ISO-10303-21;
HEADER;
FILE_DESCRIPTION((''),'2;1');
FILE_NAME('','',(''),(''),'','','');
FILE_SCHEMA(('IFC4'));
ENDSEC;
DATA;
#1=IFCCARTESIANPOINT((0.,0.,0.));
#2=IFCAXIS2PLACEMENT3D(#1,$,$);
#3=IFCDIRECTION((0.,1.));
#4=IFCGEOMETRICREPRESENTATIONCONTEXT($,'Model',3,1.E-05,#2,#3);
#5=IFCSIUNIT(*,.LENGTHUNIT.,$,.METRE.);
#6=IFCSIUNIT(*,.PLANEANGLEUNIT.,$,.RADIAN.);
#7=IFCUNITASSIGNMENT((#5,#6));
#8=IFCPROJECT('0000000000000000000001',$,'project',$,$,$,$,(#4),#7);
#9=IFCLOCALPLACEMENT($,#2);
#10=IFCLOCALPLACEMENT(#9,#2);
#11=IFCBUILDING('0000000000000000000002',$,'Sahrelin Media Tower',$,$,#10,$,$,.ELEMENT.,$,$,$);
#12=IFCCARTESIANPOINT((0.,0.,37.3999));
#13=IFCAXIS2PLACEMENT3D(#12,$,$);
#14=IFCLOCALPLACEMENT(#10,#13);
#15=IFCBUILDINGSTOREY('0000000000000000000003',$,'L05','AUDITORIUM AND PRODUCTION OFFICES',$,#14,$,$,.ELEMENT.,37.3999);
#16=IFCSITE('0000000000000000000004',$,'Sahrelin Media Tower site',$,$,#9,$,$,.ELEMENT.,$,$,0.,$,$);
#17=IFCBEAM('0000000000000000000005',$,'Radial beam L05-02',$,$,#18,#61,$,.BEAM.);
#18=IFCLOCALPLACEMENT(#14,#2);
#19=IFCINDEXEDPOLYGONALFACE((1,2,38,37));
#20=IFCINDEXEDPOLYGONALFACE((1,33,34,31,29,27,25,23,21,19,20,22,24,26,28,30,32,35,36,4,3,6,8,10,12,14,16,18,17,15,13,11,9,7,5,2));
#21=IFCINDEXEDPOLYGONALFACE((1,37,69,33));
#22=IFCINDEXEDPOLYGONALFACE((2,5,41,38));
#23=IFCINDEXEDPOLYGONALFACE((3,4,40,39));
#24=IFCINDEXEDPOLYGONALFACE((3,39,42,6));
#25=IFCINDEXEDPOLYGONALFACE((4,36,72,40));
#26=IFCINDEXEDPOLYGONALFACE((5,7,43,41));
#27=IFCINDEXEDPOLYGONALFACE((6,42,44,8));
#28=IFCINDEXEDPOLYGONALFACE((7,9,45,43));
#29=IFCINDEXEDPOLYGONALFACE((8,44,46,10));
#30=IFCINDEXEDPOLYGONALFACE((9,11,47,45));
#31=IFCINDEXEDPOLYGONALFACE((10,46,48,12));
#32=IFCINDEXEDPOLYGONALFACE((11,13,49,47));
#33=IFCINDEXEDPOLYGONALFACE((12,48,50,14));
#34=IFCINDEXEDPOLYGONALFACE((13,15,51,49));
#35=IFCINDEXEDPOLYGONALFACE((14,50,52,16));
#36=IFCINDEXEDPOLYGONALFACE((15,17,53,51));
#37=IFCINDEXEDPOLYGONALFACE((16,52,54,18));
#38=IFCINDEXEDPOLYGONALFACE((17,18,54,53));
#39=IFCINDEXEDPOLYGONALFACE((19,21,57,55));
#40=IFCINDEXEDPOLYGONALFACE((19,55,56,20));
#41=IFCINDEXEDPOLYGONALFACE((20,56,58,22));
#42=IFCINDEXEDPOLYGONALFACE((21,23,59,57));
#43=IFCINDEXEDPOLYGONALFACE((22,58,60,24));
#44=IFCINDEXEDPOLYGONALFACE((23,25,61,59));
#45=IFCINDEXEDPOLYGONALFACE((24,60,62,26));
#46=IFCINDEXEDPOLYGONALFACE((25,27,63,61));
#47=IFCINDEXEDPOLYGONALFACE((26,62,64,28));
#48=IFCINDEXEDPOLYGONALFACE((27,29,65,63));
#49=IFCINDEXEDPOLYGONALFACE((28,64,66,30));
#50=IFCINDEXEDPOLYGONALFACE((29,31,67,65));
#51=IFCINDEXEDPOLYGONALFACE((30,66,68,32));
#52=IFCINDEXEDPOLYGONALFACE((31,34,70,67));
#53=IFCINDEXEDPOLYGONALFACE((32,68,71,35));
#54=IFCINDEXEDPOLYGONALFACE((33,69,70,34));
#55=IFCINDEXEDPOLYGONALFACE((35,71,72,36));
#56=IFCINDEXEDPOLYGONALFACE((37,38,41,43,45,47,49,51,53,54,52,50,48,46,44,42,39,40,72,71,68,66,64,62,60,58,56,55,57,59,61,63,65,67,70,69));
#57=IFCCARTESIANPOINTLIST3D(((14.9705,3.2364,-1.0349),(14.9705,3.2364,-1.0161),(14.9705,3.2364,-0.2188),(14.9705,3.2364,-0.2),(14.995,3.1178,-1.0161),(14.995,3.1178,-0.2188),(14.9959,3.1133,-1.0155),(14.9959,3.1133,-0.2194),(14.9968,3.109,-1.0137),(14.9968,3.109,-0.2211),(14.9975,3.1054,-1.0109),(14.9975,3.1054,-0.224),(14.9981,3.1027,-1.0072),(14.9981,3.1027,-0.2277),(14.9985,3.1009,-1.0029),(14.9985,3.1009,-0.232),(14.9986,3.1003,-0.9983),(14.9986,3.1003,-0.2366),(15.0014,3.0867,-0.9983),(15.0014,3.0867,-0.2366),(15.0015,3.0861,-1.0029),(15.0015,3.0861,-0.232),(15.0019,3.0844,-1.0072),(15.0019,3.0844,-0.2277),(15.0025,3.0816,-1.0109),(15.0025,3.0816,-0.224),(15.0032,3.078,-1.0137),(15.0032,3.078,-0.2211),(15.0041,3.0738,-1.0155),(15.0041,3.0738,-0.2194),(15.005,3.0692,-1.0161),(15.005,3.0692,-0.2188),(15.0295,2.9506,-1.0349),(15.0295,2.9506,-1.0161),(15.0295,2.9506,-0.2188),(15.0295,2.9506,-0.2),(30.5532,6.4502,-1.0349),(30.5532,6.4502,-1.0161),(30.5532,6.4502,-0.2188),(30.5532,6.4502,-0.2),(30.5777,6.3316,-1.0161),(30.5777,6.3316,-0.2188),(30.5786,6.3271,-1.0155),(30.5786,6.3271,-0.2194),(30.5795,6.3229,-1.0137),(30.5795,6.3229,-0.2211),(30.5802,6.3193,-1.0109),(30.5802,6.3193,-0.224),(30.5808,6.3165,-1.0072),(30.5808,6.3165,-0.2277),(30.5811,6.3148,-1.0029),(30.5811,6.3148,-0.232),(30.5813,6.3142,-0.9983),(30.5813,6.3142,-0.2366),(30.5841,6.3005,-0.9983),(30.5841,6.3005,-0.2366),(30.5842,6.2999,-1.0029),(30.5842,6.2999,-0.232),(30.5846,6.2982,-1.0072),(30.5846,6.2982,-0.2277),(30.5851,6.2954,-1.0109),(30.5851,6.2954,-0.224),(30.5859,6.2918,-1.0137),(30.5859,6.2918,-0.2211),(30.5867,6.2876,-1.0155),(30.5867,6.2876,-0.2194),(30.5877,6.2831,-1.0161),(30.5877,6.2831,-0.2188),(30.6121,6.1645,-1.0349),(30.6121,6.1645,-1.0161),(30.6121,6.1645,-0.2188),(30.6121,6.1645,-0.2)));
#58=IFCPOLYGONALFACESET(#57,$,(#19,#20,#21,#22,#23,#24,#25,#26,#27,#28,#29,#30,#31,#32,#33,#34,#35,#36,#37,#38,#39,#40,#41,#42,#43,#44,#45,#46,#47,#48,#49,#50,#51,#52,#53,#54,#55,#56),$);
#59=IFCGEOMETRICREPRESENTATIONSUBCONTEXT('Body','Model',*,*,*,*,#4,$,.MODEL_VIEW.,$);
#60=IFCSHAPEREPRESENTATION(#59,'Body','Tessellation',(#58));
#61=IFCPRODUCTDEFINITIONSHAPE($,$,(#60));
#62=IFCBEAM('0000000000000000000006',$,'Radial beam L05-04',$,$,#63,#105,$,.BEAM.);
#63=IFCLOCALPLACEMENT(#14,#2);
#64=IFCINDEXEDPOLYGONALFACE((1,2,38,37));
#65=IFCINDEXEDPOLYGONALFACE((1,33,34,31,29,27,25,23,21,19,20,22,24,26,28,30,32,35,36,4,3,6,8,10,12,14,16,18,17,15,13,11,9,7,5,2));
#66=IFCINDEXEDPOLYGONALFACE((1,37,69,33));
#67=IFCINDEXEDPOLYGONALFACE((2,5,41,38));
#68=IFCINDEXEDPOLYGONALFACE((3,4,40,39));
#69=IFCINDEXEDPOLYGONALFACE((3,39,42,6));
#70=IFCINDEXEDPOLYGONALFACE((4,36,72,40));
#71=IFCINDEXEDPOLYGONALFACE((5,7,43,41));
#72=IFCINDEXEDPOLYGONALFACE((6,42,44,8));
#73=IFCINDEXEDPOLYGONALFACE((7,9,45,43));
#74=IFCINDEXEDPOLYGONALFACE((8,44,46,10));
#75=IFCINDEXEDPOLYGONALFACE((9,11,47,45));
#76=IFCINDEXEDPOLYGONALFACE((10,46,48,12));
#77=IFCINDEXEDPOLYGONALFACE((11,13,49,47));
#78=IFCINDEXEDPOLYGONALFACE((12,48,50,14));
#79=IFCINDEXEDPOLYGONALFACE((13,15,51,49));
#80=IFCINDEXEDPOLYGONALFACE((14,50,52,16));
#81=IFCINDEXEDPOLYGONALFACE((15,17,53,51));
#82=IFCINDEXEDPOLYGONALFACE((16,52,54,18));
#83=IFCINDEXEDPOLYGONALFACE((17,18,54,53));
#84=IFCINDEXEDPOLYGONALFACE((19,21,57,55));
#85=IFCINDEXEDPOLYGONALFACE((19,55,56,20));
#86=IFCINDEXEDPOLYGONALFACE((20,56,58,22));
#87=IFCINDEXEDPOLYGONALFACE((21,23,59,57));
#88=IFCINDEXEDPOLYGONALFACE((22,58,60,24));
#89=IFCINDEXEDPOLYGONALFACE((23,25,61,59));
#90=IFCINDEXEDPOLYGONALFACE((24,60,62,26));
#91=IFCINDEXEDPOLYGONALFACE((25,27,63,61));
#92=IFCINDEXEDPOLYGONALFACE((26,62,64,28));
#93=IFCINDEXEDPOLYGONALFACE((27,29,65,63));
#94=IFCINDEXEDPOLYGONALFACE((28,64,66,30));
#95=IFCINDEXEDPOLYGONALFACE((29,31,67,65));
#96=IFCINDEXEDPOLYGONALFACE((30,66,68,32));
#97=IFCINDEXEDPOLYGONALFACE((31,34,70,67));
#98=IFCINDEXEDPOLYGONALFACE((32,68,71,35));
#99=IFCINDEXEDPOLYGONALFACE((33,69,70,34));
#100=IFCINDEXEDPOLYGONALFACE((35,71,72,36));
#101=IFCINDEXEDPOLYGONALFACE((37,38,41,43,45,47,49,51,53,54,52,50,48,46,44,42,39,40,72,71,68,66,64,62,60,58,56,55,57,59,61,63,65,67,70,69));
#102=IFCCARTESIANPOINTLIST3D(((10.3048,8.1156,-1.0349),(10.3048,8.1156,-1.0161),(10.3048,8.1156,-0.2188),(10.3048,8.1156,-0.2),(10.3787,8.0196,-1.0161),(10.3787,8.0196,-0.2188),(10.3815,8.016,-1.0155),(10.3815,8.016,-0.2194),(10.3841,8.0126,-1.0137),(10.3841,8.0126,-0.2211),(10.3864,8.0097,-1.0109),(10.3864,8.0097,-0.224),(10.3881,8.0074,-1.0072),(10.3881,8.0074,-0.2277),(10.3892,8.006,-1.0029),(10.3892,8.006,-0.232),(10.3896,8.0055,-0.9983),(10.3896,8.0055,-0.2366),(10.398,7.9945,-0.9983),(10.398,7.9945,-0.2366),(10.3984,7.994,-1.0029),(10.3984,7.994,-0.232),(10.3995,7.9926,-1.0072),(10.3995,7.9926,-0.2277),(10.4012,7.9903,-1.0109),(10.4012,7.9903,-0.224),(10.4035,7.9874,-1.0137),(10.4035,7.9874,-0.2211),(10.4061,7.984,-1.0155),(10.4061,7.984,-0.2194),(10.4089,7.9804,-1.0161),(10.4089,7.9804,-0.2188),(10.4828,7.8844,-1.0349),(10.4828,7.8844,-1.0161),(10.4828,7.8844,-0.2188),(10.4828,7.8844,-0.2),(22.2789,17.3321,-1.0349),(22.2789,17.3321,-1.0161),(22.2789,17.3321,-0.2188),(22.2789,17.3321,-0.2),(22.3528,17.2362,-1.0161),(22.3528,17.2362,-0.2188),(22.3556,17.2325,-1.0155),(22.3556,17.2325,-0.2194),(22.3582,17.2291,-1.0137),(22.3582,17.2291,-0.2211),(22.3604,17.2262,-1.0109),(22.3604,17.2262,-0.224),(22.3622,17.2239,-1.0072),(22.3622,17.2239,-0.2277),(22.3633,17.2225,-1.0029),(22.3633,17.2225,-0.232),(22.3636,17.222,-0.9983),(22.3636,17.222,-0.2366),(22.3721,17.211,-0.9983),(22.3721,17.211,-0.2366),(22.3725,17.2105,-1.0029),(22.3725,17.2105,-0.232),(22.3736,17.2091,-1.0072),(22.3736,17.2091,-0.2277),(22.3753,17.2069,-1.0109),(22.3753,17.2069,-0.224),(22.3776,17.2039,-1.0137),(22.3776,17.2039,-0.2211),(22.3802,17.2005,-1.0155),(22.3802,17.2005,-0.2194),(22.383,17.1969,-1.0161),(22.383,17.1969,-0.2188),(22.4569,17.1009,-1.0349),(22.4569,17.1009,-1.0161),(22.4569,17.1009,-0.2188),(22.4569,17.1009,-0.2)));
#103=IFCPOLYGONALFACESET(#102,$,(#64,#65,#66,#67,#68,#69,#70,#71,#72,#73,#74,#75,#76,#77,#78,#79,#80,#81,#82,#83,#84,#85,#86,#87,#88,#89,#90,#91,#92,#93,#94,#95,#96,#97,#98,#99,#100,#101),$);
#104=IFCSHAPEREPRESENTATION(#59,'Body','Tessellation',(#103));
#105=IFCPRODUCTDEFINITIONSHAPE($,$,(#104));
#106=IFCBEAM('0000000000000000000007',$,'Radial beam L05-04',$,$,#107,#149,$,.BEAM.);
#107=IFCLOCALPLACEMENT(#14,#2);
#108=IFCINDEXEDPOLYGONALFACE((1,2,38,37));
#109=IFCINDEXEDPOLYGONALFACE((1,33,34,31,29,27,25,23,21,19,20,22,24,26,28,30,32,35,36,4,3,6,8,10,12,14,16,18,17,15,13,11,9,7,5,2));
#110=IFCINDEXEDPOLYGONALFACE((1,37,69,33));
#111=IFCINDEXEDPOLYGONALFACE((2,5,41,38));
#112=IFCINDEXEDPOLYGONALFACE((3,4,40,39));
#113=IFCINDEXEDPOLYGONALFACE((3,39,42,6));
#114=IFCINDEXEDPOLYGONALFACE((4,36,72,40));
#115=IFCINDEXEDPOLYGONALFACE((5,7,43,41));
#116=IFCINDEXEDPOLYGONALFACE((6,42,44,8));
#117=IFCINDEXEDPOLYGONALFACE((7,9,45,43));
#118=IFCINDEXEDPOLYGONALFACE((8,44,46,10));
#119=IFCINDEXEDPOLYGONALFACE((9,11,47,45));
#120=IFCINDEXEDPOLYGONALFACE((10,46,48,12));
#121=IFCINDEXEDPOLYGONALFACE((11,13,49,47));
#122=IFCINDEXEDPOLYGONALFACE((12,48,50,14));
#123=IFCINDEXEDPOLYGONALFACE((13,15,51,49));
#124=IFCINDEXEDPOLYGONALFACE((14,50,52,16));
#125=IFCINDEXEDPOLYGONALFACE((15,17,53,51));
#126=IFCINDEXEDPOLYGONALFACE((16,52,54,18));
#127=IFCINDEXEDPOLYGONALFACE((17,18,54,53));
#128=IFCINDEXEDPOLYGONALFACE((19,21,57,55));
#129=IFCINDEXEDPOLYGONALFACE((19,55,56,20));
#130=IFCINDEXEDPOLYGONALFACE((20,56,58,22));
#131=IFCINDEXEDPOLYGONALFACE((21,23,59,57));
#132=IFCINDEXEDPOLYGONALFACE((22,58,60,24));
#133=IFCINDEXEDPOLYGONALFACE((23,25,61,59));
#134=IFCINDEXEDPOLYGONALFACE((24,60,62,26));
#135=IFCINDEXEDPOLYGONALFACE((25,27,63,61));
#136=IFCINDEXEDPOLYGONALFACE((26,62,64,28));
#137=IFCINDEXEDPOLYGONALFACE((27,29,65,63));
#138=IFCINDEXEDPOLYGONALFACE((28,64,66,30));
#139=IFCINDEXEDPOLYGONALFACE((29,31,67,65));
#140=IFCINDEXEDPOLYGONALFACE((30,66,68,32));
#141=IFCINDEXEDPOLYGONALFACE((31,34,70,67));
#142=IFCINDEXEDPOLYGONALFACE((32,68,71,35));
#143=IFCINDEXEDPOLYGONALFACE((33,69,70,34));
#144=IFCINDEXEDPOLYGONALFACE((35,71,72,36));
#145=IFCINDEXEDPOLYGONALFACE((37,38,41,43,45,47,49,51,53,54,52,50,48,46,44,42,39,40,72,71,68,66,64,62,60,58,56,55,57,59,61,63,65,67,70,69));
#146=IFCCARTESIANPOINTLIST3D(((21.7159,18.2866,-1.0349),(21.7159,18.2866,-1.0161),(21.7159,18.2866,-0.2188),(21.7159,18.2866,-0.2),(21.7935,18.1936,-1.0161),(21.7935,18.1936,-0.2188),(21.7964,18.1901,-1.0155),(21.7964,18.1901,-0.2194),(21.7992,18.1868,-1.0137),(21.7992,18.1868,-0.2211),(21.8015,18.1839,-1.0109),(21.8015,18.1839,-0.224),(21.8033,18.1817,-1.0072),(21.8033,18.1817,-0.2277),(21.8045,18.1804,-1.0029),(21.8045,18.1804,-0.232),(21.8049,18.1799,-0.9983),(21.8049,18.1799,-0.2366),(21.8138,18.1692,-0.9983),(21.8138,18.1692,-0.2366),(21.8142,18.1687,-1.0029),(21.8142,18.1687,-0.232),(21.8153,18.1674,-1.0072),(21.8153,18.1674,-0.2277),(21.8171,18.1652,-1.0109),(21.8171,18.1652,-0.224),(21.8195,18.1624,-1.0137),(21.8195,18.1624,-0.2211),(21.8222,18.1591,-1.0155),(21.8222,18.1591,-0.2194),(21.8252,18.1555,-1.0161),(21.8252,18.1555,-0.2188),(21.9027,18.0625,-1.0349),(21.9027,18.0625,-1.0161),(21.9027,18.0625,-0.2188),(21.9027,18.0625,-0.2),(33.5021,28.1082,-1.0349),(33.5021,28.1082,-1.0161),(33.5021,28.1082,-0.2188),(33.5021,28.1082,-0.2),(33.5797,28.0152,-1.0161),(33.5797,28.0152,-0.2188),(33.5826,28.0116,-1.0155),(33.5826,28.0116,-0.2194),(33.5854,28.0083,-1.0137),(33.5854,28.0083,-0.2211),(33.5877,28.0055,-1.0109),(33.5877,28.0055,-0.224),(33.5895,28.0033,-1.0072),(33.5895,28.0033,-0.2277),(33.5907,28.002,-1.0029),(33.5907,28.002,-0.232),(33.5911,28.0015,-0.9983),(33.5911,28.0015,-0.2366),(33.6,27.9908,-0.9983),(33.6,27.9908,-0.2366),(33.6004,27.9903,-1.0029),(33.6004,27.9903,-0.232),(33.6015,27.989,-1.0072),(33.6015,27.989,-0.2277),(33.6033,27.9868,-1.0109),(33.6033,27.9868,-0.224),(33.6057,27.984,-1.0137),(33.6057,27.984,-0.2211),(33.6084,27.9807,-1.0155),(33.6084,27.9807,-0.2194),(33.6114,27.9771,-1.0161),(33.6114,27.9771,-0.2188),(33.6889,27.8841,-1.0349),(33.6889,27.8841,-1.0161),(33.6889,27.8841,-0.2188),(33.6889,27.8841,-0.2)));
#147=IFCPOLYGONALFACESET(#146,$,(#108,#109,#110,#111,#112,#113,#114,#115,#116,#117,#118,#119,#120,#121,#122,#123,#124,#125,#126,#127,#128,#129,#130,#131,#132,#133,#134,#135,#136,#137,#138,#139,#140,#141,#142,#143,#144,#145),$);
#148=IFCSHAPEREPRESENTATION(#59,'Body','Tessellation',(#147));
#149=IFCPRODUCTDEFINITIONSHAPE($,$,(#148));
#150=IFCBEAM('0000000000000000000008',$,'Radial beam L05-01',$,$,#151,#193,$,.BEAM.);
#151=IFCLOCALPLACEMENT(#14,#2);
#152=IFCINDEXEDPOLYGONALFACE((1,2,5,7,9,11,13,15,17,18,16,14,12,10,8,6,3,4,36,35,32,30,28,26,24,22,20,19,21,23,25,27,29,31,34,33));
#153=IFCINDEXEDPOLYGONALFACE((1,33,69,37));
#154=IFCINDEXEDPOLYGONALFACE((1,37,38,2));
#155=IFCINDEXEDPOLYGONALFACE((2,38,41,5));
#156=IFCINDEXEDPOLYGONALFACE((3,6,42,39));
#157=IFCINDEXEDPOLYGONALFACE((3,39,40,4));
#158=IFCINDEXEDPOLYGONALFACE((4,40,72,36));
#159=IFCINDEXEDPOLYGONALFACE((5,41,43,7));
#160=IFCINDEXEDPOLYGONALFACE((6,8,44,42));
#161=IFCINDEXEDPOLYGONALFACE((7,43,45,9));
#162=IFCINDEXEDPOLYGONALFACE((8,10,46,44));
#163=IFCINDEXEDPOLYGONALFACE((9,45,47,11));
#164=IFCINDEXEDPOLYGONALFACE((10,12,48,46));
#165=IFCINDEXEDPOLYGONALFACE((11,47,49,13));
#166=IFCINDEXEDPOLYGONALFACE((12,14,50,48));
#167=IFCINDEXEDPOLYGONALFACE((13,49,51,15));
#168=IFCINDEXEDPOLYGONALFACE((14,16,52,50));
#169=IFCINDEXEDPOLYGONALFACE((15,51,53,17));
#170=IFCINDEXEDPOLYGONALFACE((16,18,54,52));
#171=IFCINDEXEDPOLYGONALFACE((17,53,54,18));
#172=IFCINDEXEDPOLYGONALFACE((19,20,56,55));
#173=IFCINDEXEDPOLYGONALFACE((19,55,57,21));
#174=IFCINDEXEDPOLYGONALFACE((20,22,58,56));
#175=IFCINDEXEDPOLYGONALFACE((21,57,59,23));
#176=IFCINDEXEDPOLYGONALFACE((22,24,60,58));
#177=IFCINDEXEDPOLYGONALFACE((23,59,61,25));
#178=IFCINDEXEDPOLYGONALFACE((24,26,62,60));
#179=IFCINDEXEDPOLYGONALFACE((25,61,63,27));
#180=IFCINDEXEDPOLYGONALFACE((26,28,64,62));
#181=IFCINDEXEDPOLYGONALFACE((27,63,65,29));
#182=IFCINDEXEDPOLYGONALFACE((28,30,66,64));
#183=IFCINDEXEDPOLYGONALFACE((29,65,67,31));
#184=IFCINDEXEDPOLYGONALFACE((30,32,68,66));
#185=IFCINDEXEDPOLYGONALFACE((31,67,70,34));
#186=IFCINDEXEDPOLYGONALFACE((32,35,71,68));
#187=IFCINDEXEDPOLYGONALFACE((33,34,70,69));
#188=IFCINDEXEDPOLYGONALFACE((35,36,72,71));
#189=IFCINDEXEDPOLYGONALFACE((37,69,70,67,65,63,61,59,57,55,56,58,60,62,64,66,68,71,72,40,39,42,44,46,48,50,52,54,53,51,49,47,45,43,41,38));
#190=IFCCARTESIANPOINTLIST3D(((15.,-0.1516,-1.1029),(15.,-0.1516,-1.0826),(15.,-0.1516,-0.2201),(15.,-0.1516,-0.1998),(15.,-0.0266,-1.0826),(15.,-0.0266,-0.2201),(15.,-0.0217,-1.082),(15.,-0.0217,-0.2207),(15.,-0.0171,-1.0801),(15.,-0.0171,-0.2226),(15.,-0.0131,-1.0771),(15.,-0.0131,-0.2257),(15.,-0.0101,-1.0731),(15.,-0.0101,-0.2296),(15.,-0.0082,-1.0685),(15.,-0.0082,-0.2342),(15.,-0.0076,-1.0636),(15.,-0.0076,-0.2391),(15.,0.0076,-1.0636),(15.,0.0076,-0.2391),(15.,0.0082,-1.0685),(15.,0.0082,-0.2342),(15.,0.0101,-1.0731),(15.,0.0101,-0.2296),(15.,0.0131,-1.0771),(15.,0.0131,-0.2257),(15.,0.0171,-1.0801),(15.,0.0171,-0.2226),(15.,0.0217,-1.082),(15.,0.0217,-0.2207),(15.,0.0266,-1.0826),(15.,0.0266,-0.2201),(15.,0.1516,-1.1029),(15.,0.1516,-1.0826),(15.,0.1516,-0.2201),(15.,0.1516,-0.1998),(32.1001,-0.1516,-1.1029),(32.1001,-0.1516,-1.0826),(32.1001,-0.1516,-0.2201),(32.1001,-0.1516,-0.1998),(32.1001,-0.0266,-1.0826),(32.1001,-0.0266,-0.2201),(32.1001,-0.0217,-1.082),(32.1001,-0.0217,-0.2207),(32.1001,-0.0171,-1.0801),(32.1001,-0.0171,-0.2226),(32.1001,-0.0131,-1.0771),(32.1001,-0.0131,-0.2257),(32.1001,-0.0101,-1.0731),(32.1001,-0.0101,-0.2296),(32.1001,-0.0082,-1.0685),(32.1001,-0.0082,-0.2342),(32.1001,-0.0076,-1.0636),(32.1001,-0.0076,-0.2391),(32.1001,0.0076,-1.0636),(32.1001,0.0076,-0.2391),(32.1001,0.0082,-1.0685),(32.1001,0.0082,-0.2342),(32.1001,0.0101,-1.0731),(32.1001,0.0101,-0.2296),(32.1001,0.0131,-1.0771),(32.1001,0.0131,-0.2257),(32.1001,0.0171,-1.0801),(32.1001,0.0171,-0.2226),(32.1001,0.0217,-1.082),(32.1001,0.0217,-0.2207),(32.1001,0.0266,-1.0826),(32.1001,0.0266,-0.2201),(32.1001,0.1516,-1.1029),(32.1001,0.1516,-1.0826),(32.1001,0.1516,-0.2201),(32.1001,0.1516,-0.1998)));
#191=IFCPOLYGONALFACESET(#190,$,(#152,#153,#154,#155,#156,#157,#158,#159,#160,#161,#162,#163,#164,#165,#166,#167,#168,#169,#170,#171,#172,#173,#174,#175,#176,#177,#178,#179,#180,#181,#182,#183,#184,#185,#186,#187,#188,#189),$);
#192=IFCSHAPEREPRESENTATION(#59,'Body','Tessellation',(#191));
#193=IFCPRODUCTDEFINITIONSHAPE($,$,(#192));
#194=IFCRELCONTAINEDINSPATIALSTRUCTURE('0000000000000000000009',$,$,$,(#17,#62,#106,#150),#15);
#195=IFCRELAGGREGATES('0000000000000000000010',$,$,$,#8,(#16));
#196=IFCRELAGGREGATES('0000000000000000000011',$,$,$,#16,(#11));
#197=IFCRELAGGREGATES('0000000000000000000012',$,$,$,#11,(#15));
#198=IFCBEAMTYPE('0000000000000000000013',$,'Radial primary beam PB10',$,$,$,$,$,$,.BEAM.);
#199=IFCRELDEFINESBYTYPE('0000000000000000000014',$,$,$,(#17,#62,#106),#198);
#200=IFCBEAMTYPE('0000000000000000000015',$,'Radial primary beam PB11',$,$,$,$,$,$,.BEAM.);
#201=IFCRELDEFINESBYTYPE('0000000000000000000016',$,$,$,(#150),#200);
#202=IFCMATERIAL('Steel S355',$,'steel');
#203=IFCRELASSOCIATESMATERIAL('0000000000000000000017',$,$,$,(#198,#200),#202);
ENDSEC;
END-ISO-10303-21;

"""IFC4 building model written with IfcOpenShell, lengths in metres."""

from ifc_helpers import new_model, si_unit, direction, frame, origin, origin_2d, place, context, subcontext, project, spatial, i_section, extrude, material, material_profile, profile_set, type_object, element, save


model = new_model("IFC4")

# Units and contexts
model_context = context("Model", 3, precision=1e-05, world=origin(), true_north=direction((0.0, 1.0)))
body_context = subcontext(model_context, "Body", "Model", "MODEL_VIEW")
ifc_project = project(units=[si_unit("LENGTHUNIT", "METRE"), si_unit("PLANEANGLEUNIT", "RADIAN")], contexts=[model_context])

# Site, building, storey
site_placement = place(None, origin())
site = spatial("IfcSite", under=ifc_project, at=site_placement, Name="Sahrelin Media Tower site", CompositionType="ELEMENT", RefElevation=0.0)
building_placement = place(site_placement, origin())
building = spatial("IfcBuilding", under=site, at=building_placement, Name="Sahrelin Media Tower", CompositionType="ELEMENT")
storey_placement = place(building_placement, frame((0.0, 0.0, 37.3999)))
storey = spatial("IfcBuildingStorey", under=building, at=storey_placement, Name="L05", Description="AUDITORIUM AND PRODUCTION OFFICES", CompositionType="ELEMENT", Elevation=37.3999)

# Beams
ifc_material_1 = material(Name="Steel S355", Category="steel")
ifc_material_profile_1 = material_profile(ifc_material_1, i_section(OverallWidth=0.2917, OverallDepth=0.835, WebThickness=0.0139, FlangeThickness=0.0188, FilletRadius=0.0178, at=origin_2d()), Name="UB 838x292x176")
ifc_profile_set_1 = profile_set([ifc_material_profile_1], Name="Steel S355")
beam_type_1 = type_object("IfcBeamType", Name="Radial primary beam PB10", PredefinedType="BEAM", material=ifc_profile_set_1)
beam_1_placement = place(storey_placement, frame((15.0, 3.0935, -0.6174), z_axis=(0.979387, 0.201994, 0.0), x_axis=(-0.201994, 0.979387, 0.0)))
element("IfcBeam", 1, at=beam_1_placement, inside=storey, type_object=beam_type_1, Name="Radial beam L05-02", PredefinedType="BEAM", context=body_context, shape_type="SweptSolid", body=[
    extrude(i_section(OverallWidth=0.2917, OverallDepth=0.835, WebThickness=0.0139, FlangeThickness=0.0188, FilletRadius=0.0178, at=origin_2d()), origin(), (0.0, 0.0, 1.0), 15.9106),
])
beam_2_placement = place(storey_placement, frame((10.3938, 8.0, -0.6174), z_axis=(0.792442, 0.609947, 0.0), x_axis=(-0.609947, 0.792442, 0.0)))
element("IfcBeam", 2, at=beam_2_placement, inside=storey, type_object=beam_type_1, Name="Radial beam L05-04", PredefinedType="BEAM", context=body_context, shape_type="SweptSolid", body=[
    extrude(i_section(OverallWidth=0.2917, OverallDepth=0.835, WebThickness=0.0139, FlangeThickness=0.0188, FilletRadius=0.0178, at=origin_2d()), origin(), (0.0, 0.0, 1.0), 15.1104),
])
beam_3_placement = place(storey_placement, frame((21.8093, 18.1746, -0.6174), z_axis=(0.768229, 0.640175, 0.0), x_axis=(-0.640175, 0.768229, 0.0)))
element("IfcBeam", 3, at=beam_3_placement, inside=storey, type_object=beam_type_1, Name="Radial beam L05-04", PredefinedType="BEAM", context=body_context, shape_type="SweptSolid", body=[
    extrude(i_section(OverallWidth=0.2917, OverallDepth=0.835, WebThickness=0.0139, FlangeThickness=0.0188, FilletRadius=0.0178, at=origin_2d()), origin(), (0.0, 0.0, 1.0), 15.342),
])
ifc_material_profile_2 = material_profile(ifc_material_1, i_section(OverallWidth=0.3032, OverallDepth=0.9031, WebThickness=0.0151, FlangeThickness=0.0203, FilletRadius=0.019, at=origin_2d()), Name="UB 914x305x201")
ifc_profile_set_2 = profile_set([ifc_material_profile_2], Name="Steel S355")
beam_type_2 = type_object("IfcBeamType", Name="Radial primary beam PB11", PredefinedType="BEAM", material=ifc_profile_set_2)
beam_4_placement = place(storey_placement, frame((15.0, 0.0, -0.6514), z_axis=(1.0, 0.0, 0.0), x_axis=(0.0, 1.0, 0.0)))
element("IfcBeam", 4, at=beam_4_placement, inside=storey, type_object=beam_type_2, Name="Radial beam L05-01", PredefinedType="BEAM", context=body_context, shape_type="SweptSolid", body=[
    extrude(i_section(OverallWidth=0.3032, OverallDepth=0.9031, WebThickness=0.0151, FlangeThickness=0.0203, FilletRadius=0.019, at=origin_2d()), origin(), (0.0, 0.0, 1.0), 17.1001),
])

save(model, "model.ifc")
